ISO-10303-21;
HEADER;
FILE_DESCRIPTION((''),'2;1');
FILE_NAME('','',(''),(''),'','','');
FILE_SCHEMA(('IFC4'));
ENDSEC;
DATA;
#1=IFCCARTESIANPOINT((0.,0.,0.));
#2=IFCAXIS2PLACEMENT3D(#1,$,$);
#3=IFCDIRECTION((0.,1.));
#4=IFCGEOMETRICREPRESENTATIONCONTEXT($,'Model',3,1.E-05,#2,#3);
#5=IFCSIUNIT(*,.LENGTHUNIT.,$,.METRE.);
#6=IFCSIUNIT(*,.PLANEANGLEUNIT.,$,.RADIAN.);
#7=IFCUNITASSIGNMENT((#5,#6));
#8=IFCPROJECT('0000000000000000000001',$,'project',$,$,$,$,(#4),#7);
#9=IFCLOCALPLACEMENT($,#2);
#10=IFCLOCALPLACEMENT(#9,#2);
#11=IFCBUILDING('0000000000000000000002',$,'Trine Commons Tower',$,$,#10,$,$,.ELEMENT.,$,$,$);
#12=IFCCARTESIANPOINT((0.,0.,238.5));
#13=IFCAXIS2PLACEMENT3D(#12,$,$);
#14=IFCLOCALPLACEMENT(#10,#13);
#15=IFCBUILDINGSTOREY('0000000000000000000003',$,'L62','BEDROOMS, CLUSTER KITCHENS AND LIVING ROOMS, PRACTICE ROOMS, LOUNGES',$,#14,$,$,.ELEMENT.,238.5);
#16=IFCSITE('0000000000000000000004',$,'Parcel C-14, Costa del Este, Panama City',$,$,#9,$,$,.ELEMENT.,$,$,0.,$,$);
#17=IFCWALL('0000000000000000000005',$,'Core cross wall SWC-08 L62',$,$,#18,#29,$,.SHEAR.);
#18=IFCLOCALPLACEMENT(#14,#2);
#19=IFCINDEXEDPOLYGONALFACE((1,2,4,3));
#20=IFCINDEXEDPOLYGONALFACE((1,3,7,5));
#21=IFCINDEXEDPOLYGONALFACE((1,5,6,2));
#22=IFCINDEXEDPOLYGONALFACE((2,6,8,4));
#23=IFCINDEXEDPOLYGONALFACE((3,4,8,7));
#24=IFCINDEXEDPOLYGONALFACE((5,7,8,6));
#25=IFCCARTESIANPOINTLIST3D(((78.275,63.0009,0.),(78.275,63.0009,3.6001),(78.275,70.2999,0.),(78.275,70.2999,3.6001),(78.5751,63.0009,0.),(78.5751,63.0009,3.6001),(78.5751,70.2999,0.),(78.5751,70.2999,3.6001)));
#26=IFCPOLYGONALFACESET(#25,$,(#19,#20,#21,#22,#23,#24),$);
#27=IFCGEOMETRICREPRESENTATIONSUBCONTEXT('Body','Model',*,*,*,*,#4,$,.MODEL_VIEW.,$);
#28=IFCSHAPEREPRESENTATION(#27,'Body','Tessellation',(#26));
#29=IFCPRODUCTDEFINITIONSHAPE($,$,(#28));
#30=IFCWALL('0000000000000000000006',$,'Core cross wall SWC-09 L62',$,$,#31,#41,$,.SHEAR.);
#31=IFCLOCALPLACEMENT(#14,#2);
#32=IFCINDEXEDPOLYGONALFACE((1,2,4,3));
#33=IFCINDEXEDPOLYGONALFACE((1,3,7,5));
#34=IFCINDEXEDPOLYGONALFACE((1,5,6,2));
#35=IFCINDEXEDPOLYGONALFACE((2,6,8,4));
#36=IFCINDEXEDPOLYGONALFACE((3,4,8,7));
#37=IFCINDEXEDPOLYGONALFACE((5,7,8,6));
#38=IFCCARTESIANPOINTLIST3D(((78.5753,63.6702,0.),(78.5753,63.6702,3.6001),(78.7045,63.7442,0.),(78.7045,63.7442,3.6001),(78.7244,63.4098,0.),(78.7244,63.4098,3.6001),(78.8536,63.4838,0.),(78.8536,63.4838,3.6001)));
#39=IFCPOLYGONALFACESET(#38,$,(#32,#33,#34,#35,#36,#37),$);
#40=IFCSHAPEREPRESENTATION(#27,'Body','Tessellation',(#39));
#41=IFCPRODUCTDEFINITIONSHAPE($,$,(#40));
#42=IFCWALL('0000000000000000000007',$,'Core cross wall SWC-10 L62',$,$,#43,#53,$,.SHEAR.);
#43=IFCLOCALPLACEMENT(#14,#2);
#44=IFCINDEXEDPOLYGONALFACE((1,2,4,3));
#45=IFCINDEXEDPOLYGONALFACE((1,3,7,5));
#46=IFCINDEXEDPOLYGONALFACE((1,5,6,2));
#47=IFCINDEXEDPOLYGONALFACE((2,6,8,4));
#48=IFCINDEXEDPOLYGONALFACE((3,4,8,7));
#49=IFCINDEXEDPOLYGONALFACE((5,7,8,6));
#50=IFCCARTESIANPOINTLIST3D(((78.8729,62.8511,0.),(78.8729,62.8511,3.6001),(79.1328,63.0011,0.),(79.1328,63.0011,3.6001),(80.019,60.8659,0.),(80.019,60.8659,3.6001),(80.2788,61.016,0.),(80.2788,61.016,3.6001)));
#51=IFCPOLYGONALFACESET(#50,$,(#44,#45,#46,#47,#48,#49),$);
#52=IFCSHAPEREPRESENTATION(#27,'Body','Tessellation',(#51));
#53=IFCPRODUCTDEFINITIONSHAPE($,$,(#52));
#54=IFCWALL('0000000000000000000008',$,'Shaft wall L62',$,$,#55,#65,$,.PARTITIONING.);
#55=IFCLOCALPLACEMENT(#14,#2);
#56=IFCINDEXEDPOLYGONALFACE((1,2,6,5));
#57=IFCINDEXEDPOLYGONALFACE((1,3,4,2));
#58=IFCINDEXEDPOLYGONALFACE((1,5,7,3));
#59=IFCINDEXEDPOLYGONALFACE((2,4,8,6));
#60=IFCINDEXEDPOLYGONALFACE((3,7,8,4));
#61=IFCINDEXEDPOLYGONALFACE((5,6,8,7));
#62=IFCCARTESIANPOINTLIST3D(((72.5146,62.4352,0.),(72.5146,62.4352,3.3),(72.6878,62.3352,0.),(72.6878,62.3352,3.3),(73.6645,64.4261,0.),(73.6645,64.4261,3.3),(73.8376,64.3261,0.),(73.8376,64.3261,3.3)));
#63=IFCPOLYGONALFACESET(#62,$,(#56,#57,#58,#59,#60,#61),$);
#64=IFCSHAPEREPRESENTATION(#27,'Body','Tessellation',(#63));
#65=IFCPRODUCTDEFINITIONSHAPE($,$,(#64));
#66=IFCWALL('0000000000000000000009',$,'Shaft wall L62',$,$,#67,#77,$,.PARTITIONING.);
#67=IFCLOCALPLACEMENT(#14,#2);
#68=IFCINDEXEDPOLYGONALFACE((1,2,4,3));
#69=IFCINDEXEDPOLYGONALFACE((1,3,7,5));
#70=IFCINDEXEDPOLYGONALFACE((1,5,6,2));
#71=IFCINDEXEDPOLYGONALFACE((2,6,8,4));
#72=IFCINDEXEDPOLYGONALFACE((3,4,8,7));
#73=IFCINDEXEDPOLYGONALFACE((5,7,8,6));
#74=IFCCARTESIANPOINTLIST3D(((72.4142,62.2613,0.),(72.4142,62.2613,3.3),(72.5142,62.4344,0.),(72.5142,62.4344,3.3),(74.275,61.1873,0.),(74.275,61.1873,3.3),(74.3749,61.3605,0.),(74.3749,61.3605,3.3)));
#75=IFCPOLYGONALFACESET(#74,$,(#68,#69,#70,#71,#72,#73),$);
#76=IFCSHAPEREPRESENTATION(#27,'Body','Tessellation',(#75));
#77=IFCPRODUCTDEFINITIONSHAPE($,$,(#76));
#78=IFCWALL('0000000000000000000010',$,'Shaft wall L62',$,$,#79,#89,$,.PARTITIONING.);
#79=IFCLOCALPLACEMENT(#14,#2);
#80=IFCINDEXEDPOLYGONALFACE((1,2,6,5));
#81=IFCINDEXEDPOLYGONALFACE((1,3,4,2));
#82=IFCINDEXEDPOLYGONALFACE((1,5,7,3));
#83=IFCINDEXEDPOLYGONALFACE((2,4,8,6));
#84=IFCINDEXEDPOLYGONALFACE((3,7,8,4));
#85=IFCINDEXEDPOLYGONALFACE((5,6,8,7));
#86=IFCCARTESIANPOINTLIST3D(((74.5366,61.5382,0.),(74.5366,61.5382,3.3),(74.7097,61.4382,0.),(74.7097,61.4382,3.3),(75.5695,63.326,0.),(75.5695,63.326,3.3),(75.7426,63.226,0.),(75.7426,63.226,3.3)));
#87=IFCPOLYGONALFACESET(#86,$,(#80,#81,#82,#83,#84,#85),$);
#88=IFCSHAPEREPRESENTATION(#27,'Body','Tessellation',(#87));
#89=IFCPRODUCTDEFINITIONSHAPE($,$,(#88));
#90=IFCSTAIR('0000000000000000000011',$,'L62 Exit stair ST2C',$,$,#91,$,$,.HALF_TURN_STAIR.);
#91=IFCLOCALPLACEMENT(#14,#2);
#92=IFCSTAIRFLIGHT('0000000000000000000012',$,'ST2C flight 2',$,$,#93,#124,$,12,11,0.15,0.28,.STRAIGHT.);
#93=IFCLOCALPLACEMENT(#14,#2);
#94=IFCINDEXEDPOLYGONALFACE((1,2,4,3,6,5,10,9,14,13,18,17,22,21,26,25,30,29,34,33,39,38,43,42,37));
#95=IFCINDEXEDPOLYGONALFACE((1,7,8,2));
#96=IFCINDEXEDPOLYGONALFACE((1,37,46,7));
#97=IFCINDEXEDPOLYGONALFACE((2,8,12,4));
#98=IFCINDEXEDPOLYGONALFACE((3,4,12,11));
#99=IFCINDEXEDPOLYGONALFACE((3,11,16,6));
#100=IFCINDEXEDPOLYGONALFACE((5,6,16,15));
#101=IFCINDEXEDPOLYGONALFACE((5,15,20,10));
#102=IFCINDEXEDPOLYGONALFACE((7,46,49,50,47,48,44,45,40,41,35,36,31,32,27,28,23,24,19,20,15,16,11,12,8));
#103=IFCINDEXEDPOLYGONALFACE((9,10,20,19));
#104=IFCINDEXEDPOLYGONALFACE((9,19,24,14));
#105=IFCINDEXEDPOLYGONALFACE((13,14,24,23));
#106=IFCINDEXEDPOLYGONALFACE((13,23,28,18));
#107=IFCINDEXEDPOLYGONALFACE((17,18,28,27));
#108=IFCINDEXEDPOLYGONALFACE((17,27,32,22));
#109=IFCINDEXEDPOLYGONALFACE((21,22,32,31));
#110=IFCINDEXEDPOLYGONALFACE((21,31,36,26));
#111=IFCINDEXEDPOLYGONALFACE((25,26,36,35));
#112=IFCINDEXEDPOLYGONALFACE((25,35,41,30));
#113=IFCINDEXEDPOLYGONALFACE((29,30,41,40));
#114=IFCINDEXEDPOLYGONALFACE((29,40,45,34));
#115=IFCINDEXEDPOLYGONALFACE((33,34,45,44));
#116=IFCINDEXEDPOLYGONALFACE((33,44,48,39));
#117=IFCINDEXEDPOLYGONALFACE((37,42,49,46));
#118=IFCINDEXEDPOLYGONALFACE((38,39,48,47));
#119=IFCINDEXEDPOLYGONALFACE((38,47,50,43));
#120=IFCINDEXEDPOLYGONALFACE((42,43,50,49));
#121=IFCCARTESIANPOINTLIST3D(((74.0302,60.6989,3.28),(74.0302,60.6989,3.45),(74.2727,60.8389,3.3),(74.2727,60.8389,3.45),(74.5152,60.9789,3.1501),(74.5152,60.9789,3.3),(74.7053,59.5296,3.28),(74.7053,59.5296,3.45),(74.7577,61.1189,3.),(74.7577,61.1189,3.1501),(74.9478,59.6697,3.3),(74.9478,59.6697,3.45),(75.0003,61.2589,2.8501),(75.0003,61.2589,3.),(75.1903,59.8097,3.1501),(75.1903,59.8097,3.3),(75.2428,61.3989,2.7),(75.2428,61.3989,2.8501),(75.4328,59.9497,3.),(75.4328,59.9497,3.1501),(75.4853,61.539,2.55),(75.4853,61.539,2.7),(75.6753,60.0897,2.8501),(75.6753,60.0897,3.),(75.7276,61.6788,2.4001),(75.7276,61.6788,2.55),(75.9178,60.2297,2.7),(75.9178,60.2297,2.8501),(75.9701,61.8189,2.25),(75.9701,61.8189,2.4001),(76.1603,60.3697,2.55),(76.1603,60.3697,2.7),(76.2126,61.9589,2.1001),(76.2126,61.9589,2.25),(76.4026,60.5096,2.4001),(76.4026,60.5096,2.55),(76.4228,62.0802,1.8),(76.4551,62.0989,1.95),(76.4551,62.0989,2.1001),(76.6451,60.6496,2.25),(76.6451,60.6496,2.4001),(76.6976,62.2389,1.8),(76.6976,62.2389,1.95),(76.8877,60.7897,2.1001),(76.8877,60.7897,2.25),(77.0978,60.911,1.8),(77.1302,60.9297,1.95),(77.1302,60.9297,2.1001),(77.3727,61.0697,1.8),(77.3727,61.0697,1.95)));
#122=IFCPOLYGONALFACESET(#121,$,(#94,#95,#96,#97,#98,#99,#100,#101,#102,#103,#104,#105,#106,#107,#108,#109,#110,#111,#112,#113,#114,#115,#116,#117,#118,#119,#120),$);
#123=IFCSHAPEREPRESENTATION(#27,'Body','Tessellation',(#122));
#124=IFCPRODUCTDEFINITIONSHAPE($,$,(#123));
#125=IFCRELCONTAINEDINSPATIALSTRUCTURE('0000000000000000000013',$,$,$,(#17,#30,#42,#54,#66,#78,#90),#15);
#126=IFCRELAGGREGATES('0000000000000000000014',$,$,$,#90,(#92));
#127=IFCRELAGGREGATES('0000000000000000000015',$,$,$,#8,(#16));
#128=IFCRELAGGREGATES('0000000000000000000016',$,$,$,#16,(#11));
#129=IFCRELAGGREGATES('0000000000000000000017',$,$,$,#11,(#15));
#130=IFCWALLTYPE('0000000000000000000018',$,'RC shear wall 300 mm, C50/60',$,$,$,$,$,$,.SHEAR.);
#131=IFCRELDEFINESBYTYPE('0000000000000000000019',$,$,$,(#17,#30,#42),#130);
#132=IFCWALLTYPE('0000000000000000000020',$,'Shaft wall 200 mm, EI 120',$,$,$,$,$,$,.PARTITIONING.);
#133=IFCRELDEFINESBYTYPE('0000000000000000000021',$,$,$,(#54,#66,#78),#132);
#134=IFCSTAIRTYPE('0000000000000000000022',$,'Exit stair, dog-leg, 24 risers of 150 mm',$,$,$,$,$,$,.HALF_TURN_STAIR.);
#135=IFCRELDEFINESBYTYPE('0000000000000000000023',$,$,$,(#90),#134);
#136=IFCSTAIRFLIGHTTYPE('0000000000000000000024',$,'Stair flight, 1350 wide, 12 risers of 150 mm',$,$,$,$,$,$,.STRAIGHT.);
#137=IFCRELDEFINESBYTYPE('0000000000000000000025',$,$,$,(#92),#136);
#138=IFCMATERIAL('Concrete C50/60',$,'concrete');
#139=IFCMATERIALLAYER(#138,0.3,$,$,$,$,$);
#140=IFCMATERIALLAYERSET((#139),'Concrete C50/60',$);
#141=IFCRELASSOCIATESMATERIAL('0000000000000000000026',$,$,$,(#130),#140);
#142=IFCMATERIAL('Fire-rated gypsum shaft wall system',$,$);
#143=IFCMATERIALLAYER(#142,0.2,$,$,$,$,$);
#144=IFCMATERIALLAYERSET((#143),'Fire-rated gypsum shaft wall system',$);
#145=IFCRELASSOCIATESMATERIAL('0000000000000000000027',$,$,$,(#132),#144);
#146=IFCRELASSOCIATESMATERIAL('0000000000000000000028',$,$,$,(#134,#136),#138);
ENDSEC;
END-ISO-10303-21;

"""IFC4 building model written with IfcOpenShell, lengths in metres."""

from ifc_helpers import new_model, si_unit, direction, frame, frame_2d, origin, place, context, subcontext, project, spatial, polyline, rectangle, outline, extrude, material, layer, layer_set, type_object, element, aggregate, save


model = new_model("IFC4")

# Units and contexts
model_context = context("Model", 3, precision=1e-05, world=origin(), true_north=direction((0.0, 1.0)))
body_context = subcontext(model_context, "Body", "Model", "MODEL_VIEW")
ifc_project = project(units=[si_unit("LENGTHUNIT", "METRE"), si_unit("PLANEANGLEUNIT", "RADIAN")], contexts=[model_context])

# Site, building, storey
site_placement = place(None, origin())
site = spatial("IfcSite", under=ifc_project, at=site_placement, Name="Parcel C-14, Costa del Este, Panama City", CompositionType="ELEMENT", RefElevation=0.0)
building_placement = place(site_placement, origin())
building = spatial("IfcBuilding", under=site, at=building_placement, Name="Trine Commons Tower", CompositionType="ELEMENT")
storey_placement = place(building_placement, frame((0.0, 0.0, 238.5)))
storey = spatial("IfcBuildingStorey", under=building, at=storey_placement, Name="L62", Description="BEDROOMS, CLUSTER KITCHENS AND LIVING ROOMS, PRACTICE ROOMS, LOUNGES", CompositionType="ELEMENT", Elevation=238.5)

# Shared definitions
ifc_material_1 = material(Name="Fire-rated gypsum shaft wall system")
ifc_material_2 = material(Name="Concrete C50/60", Category="concrete")
ifc_layer_1 = layer(ifc_material_2, 0.3)
ifc_layer_set_1 = layer_set([ifc_layer_1], Name="Concrete C50/60")
wall_type_1 = type_object("IfcWallType", Name="RC shear wall 300 mm, C50/60", PredefinedType="SHEAR", material=ifc_layer_set_1)

# Walls
wall_1_placement = place(storey_placement, frame((78.425, 63.001, 0.0), z_axis=(0.0, 0.0, 1.0), x_axis=(0.0, 1.0, 0.0)))
element("IfcWall", 1, at=wall_1_placement, inside=storey, type_object=wall_type_1, Name="Core cross wall SWC-08 L62", PredefinedType="SHEAR", context=body_context, shape_type="SweptSolid", body=[
    extrude(rectangle(XDim=7.2991, YDim=0.3, at=frame_2d((3.6494, 0.0))), origin(), (0.0, 0.0, 1.0), 3.6001),
])
wall_2_placement = place(storey_placement, frame((78.7791, 63.614, 0.0), z_axis=(0.0, 0.0, 1.0), x_axis=(-0.867738, -0.497022, 0.0)))
element("IfcWall", 2, at=wall_2_placement, inside=storey, type_object=wall_type_1, Name="Core cross wall SWC-09 L62", PredefinedType="SHEAR", context=body_context, shape_type="SweptSolid", body=[
    extrude(rectangle(XDim=0.1489, YDim=0.3, at=frame_2d((0.0745, 0.0))), origin(), (0.0, 0.0, 1.0), 3.6001),
])
wall_3_placement = place(storey_placement, frame((79.0029, 62.926, 0.0), z_axis=(0.0, 0.0, 1.0), x_axis=(0.499965, -0.866045, 0.0)))
element("IfcWall", 3, at=wall_3_placement, inside=storey, type_object=wall_type_1, Name="Core cross wall SWC-10 L62", PredefinedType="SHEAR", context=body_context, shape_type="SweptSolid", body=[
    extrude(rectangle(XDim=2.2922, YDim=0.3, at=frame_2d((1.146, 0.0))), origin(), (0.0, 0.0, 1.0), 3.6001),
])
ifc_layer_2 = layer(ifc_material_1, 0.2)
ifc_layer_set_2 = layer_set([ifc_layer_2], Name="Fire-rated gypsum shaft wall system")
wall_type_2 = type_object("IfcWallType", Name="Shaft wall 200 mm, EI 120", PredefinedType="PARTITIONING", material=ifc_layer_set_2)
wall_4_placement = place(storey_placement, frame((73.751, 64.376, 0.0), z_axis=(0.0, 0.0, 1.0), x_axis=(-0.500136, -0.865947, 0.0)))
element("IfcWall", 4, at=wall_4_placement, inside=storey, type_object=wall_type_2, Name="Shaft wall L62", PredefinedType="PARTITIONING", context=body_context, shape_type="SweptSolid", body=[
    extrude(rectangle(XDim=2.2991, YDim=0.2, at=frame_2d((1.1494, 0.0))), origin(), (0.0, 0.0, 1.0), 3.3),
])
wall_5_placement = place(storey_placement, frame((74.325, 61.2739, 0.0), z_axis=(0.0, 0.0, 1.0), x_axis=(-0.866102, 0.499867, 0.0)))
element("IfcWall", 5, at=wall_5_placement, inside=storey, type_object=wall_type_2, Name="Shaft wall L62", PredefinedType="PARTITIONING", context=body_context, shape_type="SweptSolid", body=[
    extrude(rectangle(XDim=2.1484, YDim=0.2, at=frame_2d((1.0742, 0.0))), origin(), (0.0, 0.0, 1.0), 3.3),
])
wall_6_placement = place(storey_placement, frame((75.656, 63.2759, 0.0), z_axis=(0.0, 0.0, 1.0), x_axis=(-0.500272, -0.865868, 0.0)))
element("IfcWall", 6, at=wall_6_placement, inside=storey, type_object=wall_type_2, Name="Shaft wall L62", PredefinedType="PARTITIONING", context=body_context, shape_type="SweptSolid", body=[
    extrude(rectangle(XDim=2.0647, YDim=0.2, at=frame_2d((1.0322, 0.0))), origin(), (0.0, 0.0, 1.0), 3.3),
])

# Stair, stair flight
stair_type = type_object("IfcStairType", Name="Exit stair, dog-leg, 24 risers of 150 mm", PredefinedType="HALF_TURN_STAIR", material=ifc_material_2)
stair_placement = place(storey_placement, origin())
stair = element("IfcStair", 7, at=stair_placement, inside=storey, type_object=stair_type, Name="L62 Exit stair ST2C", PredefinedType="HALF_TURN_STAIR")
stair_flight_type = type_object("IfcStairFlightType", Name="Stair flight, 1350 wide, 12 risers of 150 mm", PredefinedType="STRAIGHT", material=ifc_material_2)
stair_flight_placement = place(storey_placement, frame((77.0352, 61.6543, 1.8), z_axis=(0.0, 0.0, 1.0), x_axis=(-0.866025, -0.5, 0.0)))
stair_flight = element("IfcStairFlight", 8, at=stair_flight_placement, type_object=stair_flight_type, Name="ST2C flight 2", NumberOfRisers=12, NumberOfTreads=11, PredefinedType="STRAIGHT", RiserHeight=0.15, TreadLength=0.28, context=body_context, shape_type="SweptSolid", body=[
    extrude(outline(polyline([(0.0, 0.0), (0.0, 0.1499), (0.28, 0.1499), (0.28, 0.3), (0.5601, 0.3), (0.5601, 0.45), (0.8401, 0.45), (0.8401, 0.6001), (1.1201, 0.6001), (1.1201, 0.75), (1.3999, 0.75), (1.3999, 0.8999), (1.6799, 0.8999), (1.6799, 1.05), (1.96, 1.05), (1.96, 1.2), (2.24, 1.2), (2.24, 1.3501), (2.52, 1.3501), (2.52, 1.5), (2.8, 1.5), (2.8, 1.6499), (3.0801, 1.6499), (3.0801, 1.8), (3.0801, 1.48), (0.3174, 0.0), (0.0, 0.0)])), frame((0.0, 0.675, 0.0), z_axis=(0.0, -1.0, 0.0), x_axis=(1.0, 0.0, 0.0)), (0.0, 0.0, 1.0), 1.3501),
])
aggregate(stair, [stair_flight])

save(model, "model.ifc")
